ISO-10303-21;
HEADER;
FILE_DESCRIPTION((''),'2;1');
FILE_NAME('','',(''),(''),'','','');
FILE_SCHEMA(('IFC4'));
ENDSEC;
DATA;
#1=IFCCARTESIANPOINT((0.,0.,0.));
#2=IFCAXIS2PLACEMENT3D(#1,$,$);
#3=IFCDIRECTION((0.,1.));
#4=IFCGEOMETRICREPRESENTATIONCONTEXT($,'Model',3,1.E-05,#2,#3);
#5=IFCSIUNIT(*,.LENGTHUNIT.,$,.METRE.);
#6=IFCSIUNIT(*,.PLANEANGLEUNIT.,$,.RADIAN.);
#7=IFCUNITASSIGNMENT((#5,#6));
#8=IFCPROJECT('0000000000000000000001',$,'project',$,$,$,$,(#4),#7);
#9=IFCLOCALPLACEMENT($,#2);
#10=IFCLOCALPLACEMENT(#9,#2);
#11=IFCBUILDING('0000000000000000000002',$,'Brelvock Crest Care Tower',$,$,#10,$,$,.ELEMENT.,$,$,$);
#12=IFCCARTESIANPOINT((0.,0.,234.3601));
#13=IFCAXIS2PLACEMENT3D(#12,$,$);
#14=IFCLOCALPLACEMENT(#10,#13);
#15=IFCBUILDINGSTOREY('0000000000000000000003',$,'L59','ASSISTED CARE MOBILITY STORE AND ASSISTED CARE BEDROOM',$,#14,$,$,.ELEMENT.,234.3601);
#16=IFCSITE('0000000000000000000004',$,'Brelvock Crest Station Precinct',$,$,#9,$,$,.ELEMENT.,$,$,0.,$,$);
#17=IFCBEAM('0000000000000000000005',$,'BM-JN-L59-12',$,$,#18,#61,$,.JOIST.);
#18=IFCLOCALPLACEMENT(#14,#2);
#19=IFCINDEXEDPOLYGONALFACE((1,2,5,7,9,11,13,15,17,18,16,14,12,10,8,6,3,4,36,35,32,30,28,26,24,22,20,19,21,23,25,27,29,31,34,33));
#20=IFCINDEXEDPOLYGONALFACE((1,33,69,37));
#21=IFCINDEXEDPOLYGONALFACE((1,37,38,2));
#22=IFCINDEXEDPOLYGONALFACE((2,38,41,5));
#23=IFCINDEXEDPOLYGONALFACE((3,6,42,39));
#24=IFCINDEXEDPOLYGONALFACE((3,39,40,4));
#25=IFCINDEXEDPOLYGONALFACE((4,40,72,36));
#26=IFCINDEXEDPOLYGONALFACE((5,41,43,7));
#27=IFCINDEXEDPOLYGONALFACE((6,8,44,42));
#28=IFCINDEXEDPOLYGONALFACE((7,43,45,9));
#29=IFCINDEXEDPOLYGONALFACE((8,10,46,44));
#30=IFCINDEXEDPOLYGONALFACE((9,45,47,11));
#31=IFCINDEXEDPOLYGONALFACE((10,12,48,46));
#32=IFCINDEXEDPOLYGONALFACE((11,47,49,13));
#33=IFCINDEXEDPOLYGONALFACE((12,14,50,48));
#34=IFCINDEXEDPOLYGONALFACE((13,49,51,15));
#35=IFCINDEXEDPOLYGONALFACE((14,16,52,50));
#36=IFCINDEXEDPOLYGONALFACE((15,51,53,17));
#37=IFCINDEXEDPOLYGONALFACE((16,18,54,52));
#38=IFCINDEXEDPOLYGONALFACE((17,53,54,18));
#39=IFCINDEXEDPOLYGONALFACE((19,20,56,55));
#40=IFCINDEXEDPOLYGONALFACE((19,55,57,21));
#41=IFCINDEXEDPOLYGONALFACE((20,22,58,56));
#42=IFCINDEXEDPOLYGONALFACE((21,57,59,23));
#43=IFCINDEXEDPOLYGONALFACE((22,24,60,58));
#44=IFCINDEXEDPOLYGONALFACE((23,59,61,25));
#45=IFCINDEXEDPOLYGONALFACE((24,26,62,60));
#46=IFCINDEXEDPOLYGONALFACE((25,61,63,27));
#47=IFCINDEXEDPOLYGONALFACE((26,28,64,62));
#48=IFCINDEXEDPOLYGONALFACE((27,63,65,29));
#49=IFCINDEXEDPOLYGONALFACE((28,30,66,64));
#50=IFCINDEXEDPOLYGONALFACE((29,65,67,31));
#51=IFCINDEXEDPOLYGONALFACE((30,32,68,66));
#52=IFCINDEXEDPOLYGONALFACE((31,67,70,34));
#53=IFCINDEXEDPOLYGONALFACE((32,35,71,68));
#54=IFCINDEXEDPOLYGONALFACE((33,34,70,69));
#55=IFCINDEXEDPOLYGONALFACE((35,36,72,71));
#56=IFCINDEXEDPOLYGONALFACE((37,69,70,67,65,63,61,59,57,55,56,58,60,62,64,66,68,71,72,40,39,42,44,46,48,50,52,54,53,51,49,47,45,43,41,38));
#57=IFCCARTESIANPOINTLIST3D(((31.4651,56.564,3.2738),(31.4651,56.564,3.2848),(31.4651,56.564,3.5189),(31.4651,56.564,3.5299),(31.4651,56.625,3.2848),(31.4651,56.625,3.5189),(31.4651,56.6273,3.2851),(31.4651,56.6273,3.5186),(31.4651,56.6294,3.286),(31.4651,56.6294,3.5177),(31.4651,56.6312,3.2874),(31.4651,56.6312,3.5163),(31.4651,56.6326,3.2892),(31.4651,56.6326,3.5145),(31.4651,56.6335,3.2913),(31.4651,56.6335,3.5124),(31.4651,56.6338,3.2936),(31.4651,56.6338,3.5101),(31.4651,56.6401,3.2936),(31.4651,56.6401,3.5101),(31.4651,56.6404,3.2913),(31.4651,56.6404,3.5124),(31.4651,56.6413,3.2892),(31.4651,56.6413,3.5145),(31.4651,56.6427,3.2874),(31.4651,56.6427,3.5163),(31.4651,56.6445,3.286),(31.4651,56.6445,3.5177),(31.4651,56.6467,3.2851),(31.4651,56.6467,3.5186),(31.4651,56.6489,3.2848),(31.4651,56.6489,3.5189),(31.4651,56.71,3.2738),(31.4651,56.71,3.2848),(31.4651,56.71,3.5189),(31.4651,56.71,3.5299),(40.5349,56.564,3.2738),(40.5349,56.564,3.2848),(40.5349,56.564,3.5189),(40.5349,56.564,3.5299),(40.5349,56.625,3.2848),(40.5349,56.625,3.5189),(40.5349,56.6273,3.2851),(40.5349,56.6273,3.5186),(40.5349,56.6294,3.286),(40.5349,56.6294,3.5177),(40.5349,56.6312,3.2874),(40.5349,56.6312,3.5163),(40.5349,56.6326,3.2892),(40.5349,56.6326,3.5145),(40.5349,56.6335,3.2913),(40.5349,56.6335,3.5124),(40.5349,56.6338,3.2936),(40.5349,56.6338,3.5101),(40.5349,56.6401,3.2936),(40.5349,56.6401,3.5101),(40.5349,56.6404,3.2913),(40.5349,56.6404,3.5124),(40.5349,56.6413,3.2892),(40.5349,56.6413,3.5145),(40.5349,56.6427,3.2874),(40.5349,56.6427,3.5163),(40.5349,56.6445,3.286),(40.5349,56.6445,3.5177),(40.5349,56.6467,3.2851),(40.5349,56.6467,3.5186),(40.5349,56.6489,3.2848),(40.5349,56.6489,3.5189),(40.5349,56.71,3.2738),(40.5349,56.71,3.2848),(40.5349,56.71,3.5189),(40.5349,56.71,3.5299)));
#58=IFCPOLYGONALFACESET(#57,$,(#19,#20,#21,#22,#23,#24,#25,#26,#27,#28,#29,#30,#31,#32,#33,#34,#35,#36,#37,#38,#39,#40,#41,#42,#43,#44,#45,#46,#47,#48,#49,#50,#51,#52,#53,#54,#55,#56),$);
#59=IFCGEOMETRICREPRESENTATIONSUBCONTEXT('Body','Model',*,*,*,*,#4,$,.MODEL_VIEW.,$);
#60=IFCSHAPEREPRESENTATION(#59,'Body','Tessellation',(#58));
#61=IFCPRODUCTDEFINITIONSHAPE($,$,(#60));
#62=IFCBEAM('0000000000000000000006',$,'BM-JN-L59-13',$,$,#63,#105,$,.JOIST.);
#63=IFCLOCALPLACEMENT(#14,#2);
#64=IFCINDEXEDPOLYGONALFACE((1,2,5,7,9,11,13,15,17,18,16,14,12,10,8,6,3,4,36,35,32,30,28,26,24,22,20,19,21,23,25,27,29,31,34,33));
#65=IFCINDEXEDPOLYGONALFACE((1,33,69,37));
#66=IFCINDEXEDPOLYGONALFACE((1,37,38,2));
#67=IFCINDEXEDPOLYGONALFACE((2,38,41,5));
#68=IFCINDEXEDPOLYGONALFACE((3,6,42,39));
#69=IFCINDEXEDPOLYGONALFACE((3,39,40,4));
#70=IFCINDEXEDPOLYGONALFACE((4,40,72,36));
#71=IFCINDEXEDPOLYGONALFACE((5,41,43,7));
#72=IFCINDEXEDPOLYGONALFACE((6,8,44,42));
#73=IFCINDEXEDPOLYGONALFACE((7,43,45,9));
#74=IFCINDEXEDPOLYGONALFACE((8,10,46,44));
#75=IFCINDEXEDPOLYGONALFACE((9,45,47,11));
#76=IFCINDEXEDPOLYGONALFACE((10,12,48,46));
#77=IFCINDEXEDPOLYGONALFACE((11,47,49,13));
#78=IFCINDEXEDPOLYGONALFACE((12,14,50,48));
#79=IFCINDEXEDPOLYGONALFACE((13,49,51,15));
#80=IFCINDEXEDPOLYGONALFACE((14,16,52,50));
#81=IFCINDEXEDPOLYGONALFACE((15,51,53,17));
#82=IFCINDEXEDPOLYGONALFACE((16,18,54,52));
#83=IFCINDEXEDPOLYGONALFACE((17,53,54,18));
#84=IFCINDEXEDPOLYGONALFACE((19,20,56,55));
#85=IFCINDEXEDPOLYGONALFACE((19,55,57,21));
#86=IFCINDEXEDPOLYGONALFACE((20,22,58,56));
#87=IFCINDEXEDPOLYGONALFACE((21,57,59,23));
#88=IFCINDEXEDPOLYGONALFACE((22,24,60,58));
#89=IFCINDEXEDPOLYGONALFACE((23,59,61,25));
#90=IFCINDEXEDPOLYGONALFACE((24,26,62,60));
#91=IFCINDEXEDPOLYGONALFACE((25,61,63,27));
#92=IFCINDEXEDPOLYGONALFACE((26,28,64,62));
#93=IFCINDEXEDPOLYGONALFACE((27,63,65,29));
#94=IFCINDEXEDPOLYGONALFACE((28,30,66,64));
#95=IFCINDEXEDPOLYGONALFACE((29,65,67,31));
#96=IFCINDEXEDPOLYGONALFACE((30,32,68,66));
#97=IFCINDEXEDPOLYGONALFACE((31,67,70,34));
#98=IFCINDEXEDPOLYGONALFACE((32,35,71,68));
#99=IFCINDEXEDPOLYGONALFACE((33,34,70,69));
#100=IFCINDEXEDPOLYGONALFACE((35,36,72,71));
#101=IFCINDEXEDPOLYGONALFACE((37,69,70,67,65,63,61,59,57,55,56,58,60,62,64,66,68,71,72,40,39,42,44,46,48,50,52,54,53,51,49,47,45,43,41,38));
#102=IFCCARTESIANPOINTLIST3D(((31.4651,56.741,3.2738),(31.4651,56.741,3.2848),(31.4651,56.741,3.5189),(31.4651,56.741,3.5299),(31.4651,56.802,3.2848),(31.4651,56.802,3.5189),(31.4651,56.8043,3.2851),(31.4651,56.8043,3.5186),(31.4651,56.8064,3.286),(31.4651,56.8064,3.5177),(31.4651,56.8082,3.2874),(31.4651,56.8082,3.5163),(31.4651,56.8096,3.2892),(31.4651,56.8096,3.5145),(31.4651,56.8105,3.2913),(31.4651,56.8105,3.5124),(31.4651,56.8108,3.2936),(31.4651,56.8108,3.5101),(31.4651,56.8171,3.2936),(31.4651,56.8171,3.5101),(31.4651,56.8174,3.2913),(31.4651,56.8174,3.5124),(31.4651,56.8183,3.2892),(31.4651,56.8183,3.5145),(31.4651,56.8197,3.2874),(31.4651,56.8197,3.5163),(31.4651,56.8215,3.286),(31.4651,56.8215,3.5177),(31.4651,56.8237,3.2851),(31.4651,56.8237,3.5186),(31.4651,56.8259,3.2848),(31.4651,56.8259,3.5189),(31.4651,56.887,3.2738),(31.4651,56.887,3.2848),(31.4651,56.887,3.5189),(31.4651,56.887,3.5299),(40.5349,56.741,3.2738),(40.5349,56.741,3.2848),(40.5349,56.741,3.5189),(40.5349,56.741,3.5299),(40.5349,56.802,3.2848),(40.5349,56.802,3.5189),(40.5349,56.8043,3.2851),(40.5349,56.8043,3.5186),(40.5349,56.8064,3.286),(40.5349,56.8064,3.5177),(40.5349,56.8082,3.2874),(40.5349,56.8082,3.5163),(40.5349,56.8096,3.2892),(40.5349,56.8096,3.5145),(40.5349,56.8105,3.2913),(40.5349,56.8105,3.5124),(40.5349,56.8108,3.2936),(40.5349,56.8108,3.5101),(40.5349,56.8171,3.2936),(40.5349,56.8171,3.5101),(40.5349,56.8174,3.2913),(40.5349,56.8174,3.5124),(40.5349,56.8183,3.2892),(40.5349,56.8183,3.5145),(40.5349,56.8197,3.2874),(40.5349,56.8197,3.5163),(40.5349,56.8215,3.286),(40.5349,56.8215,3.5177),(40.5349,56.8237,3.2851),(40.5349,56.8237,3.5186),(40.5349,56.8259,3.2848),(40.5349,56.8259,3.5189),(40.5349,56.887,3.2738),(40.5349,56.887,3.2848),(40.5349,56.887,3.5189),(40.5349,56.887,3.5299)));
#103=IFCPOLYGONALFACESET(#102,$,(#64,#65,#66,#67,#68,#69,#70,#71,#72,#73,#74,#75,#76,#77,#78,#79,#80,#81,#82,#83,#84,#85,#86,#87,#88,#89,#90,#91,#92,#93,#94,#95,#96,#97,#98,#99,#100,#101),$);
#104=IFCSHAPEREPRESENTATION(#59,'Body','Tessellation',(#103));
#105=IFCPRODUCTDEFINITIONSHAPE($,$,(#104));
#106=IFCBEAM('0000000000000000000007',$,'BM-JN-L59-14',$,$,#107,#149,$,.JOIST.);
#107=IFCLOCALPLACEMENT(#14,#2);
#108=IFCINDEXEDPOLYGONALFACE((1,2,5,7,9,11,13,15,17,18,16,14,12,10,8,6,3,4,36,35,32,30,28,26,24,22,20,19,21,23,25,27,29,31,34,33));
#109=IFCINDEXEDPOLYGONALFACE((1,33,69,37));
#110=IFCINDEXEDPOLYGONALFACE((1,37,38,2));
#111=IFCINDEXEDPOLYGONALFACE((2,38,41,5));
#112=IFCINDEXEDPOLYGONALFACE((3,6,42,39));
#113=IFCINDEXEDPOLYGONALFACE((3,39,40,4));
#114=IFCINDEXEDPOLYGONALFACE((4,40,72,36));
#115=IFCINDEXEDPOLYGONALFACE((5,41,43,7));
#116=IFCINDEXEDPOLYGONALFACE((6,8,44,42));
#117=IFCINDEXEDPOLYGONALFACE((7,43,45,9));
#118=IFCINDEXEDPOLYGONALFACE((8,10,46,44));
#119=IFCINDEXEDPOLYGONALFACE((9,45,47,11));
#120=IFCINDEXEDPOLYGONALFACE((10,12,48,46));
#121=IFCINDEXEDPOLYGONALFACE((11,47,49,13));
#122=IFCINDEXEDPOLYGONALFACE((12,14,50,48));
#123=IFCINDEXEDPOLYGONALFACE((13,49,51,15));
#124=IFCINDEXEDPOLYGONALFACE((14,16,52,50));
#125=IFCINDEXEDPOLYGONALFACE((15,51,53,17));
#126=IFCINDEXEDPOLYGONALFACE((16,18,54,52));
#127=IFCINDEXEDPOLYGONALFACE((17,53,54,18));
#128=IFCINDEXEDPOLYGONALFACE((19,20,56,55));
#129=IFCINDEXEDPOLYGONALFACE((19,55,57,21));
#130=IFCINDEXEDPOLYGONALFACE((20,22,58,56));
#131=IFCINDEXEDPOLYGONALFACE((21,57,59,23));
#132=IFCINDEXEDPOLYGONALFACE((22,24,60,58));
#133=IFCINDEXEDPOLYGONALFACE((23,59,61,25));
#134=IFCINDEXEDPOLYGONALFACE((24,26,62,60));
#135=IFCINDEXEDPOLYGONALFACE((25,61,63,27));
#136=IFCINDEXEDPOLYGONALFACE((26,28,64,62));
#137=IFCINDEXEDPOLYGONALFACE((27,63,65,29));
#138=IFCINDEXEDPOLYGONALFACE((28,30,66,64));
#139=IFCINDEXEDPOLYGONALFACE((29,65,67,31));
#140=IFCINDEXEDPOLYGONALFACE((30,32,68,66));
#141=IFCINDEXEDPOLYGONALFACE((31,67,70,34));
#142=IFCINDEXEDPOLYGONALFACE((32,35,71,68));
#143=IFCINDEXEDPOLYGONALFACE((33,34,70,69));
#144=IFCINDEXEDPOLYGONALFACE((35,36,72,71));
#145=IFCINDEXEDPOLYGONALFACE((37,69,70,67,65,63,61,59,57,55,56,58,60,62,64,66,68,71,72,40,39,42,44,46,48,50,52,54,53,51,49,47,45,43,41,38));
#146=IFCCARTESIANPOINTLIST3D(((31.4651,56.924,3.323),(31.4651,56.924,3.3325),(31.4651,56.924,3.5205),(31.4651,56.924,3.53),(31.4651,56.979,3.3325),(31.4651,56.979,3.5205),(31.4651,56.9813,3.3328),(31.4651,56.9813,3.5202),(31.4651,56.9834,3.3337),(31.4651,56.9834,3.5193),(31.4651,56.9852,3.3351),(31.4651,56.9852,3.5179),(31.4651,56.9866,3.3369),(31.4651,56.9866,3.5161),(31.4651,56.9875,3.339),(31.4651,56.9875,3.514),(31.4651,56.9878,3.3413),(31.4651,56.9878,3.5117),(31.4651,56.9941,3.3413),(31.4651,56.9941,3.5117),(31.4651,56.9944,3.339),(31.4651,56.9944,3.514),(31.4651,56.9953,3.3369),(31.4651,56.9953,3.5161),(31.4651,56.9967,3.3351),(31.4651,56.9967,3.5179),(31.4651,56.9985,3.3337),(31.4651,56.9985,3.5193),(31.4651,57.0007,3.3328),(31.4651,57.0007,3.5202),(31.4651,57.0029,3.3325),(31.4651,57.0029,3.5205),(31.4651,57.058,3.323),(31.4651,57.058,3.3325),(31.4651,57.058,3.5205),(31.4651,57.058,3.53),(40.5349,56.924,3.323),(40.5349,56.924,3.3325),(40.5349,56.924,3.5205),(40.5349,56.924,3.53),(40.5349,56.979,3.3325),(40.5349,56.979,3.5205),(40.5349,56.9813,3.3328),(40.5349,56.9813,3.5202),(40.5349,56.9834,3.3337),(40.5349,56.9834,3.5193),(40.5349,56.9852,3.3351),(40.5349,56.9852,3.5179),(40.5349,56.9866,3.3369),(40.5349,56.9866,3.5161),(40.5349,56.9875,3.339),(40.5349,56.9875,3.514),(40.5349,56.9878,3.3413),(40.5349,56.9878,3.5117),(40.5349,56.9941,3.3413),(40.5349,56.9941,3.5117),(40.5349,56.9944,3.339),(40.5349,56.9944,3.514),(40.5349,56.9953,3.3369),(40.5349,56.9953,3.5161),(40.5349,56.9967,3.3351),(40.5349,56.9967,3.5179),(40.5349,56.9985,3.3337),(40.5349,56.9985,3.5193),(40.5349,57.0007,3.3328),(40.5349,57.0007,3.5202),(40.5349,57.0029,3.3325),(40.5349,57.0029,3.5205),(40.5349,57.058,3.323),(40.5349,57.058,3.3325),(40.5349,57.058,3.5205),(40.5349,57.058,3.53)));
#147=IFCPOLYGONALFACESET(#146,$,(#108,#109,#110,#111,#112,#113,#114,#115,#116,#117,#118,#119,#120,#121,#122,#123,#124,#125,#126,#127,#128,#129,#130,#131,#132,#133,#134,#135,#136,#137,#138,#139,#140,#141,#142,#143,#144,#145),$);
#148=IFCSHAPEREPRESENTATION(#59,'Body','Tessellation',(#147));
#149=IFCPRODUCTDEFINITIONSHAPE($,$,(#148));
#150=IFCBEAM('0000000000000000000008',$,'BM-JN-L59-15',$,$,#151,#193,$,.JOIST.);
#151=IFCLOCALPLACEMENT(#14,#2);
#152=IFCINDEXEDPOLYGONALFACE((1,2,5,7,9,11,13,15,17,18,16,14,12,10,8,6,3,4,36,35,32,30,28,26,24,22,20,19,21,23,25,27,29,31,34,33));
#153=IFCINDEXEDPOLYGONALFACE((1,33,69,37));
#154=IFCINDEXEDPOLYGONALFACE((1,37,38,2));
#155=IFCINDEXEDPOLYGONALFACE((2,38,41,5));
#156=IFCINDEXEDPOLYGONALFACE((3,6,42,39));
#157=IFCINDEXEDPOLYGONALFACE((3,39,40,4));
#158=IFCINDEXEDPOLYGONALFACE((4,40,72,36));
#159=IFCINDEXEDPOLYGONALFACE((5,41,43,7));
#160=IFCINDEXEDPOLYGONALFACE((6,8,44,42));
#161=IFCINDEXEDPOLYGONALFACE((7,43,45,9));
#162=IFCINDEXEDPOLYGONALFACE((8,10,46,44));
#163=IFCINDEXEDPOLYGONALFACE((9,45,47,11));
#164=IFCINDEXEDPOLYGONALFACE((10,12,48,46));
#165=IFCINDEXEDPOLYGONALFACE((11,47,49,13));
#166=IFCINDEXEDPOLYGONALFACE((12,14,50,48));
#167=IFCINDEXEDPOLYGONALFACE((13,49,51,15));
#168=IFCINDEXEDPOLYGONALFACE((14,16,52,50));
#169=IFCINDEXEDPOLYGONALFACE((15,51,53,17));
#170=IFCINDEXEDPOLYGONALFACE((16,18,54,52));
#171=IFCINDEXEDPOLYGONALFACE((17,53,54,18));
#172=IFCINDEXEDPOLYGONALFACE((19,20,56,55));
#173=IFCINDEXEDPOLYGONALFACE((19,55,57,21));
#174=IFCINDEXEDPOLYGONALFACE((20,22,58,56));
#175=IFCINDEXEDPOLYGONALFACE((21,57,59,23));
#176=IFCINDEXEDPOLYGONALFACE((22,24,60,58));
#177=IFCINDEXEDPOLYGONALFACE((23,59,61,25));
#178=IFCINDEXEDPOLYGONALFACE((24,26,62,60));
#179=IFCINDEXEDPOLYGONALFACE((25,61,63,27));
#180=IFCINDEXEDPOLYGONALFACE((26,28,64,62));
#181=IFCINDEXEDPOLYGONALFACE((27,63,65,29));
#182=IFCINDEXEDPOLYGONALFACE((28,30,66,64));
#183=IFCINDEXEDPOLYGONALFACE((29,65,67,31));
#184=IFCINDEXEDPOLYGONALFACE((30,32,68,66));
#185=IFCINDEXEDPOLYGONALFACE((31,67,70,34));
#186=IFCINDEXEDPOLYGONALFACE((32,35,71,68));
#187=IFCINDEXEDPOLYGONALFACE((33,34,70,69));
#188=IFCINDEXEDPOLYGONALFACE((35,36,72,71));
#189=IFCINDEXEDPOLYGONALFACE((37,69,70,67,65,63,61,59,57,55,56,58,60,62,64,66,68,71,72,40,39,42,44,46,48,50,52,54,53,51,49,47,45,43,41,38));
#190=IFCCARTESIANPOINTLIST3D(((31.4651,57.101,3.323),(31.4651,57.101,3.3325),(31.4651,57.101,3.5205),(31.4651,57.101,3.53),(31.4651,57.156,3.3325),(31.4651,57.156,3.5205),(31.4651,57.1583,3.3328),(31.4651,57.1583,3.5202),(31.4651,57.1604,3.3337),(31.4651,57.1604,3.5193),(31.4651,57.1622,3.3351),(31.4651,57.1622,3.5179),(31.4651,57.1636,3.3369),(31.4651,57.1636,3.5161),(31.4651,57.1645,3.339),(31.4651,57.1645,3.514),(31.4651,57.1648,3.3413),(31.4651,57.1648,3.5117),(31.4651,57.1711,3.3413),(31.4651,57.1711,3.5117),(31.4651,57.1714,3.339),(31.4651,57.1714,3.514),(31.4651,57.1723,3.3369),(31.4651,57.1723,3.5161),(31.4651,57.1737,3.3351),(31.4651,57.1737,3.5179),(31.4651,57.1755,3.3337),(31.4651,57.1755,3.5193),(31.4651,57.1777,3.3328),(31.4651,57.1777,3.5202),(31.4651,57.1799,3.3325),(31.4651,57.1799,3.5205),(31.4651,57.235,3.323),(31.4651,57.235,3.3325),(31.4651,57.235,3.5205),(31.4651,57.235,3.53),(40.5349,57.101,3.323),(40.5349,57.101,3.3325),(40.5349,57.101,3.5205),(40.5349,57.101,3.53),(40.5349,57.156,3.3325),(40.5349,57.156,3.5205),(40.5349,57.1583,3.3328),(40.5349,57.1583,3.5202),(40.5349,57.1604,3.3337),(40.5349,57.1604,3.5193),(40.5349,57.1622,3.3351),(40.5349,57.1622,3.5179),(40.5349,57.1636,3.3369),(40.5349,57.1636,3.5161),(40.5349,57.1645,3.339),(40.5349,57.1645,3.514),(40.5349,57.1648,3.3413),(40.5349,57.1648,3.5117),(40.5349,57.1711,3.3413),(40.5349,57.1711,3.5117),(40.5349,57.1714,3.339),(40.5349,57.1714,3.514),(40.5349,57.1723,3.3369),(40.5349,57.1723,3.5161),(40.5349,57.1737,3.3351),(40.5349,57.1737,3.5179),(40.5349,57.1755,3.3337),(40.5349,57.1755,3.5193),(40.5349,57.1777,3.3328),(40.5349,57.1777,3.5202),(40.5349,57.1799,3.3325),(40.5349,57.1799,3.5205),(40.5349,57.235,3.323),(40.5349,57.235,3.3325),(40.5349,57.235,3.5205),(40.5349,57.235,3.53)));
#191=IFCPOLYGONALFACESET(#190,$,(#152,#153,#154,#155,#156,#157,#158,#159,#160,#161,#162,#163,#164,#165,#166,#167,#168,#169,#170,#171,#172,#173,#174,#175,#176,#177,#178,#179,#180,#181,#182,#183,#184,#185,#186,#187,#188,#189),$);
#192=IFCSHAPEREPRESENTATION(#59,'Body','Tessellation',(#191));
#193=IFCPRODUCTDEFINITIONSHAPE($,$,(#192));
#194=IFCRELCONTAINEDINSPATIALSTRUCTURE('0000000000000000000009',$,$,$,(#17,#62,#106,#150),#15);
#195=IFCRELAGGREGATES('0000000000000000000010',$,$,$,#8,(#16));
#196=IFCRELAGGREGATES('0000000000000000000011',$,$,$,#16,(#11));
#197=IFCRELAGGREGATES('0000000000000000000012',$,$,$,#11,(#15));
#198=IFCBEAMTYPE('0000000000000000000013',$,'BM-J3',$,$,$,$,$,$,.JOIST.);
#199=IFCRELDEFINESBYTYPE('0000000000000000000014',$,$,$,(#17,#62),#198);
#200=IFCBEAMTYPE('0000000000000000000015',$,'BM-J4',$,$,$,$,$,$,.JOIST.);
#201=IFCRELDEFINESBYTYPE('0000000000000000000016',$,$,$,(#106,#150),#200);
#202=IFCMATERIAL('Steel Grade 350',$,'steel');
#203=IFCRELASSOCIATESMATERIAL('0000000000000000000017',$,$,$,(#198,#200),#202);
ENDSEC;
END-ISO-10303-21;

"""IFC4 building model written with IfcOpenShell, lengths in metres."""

from ifc_helpers import new_model, si_unit, direction, frame, origin, origin_2d, place, context, subcontext, project, spatial, i_section, extrude, source, transform, mapped, material, material_profile, profile_set, type_object, element, save


model = new_model("IFC4")

# Units and contexts
model_context = context("Model", 3, precision=1e-05, world=origin(), true_north=direction((0.0, 1.0)))
body_context = subcontext(model_context, "Body", "Model", "MODEL_VIEW")
ifc_project = project(units=[si_unit("LENGTHUNIT", "METRE"), si_unit("PLANEANGLEUNIT", "RADIAN")], contexts=[model_context])

# Site, building, storey
site_placement = place(None, origin())
site = spatial("IfcSite", under=ifc_project, at=site_placement, Name="Brelvock Crest Station Precinct", CompositionType="ELEMENT", RefElevation=0.0)
building_placement = place(site_placement, origin())
building = spatial("IfcBuilding", under=site, at=building_placement, Name="Brelvock Crest Care Tower", CompositionType="ELEMENT")
storey_placement = place(building_placement, frame((0.0, 0.0, 234.3601)))
storey = spatial("IfcBuildingStorey", under=building, at=storey_placement, Name="L59", Description="ASSISTED CARE MOBILITY STORE AND ASSISTED CARE BEDROOM", CompositionType="ELEMENT", Elevation=234.3601)

# Shared definitions
ifc_material_1 = material(Name="Steel Grade 350", Category="steel")

# Beams
ifc_material_profile_1 = material_profile(ifc_material_1, i_section(OverallWidth=0.146, OverallDepth=0.2561, WebThickness=0.0063, FlangeThickness=0.011, FilletRadius=0.0088, at=origin_2d()), Name="250UB37.3")
ifc_profile_set_1 = profile_set([ifc_material_profile_1], Name="Steel Grade 350")
beam_type_1 = type_object("IfcBeamType", Name="BM-J3", PredefinedType="JOIST", material=ifc_profile_set_1)
shared_shape_1 = source(origin(), body_context, "Body", "SweptSolid", [
    extrude(i_section(OverallWidth=0.146, OverallDepth=0.2561, WebThickness=0.0063, FlangeThickness=0.011, FilletRadius=0.0088, at=origin_2d()), origin(), (0.0, 0.0, 1.0), 9.0698),
])
for number, where, z_axis, x_axis, name in (
    (1, (31.4651, 56.637, 3.4019), (1.0, 0.0, 0.0), (0.0, 1.0, 0.0), "BM-JN-L59-12"),
    (2, (31.4651, 56.814, 3.4019), (1.0, 0.0, 0.0), (0.0, 1.0, 0.0), "BM-JN-L59-13"),
):
    element("IfcBeam", number, at=place(storey_placement, frame(where, z_axis=z_axis, x_axis=x_axis)), inside=storey, type_object=beam_type_1, Name=name, PredefinedType="JOIST", context=body_context, shape_type="MappedRepresentation", body=[
        mapped(shared_shape_1, transform((0.0, 0.0, 0.0), x_axis=(1.0, 0.0, 0.0), y_axis=(0.0, 1.0, 0.0), z_axis=(0.0, 0.0, 1.0), scale=1.0)),
    ])
ifc_material_profile_2 = material_profile(ifc_material_1, i_section(OverallWidth=0.134, OverallDepth=0.207, WebThickness=0.0063, FlangeThickness=0.0095, FilletRadius=0.0088, at=origin_2d()), Name="200UB29.8")
ifc_profile_set_2 = profile_set([ifc_material_profile_2], Name="Steel Grade 350")
beam_type_2 = type_object("IfcBeamType", Name="BM-J4", PredefinedType="JOIST", material=ifc_profile_set_2)
shared_shape_2 = source(origin(), body_context, "Body", "SweptSolid", [
    extrude(i_section(OverallWidth=0.134, OverallDepth=0.207, WebThickness=0.0063, FlangeThickness=0.0095, FilletRadius=0.0088, at=origin_2d()), origin(), (0.0, 0.0, 1.0), 9.0698),
])
for number, where, z_axis, x_axis, name in (
    (3, (31.4651, 56.991, 3.4265), (1.0, 0.0, 0.0), (0.0, 1.0, 0.0), "BM-JN-L59-14"),
    (4, (31.4651, 57.168, 3.4265), (1.0, 0.0, 0.0), (0.0, 1.0, 0.0), "BM-JN-L59-15"),
):
    element("IfcBeam", number, at=place(storey_placement, frame(where, z_axis=z_axis, x_axis=x_axis)), inside=storey, type_object=beam_type_2, Name=name, PredefinedType="JOIST", context=body_context, shape_type="MappedRepresentation", body=[
        mapped(shared_shape_2, transform((0.0, 0.0, 0.0), x_axis=(1.0, 0.0, 0.0), y_axis=(0.0, 1.0, 0.0), z_axis=(0.0, 0.0, 1.0), scale=1.0)),
    ])

save(model, "model.ifc")
